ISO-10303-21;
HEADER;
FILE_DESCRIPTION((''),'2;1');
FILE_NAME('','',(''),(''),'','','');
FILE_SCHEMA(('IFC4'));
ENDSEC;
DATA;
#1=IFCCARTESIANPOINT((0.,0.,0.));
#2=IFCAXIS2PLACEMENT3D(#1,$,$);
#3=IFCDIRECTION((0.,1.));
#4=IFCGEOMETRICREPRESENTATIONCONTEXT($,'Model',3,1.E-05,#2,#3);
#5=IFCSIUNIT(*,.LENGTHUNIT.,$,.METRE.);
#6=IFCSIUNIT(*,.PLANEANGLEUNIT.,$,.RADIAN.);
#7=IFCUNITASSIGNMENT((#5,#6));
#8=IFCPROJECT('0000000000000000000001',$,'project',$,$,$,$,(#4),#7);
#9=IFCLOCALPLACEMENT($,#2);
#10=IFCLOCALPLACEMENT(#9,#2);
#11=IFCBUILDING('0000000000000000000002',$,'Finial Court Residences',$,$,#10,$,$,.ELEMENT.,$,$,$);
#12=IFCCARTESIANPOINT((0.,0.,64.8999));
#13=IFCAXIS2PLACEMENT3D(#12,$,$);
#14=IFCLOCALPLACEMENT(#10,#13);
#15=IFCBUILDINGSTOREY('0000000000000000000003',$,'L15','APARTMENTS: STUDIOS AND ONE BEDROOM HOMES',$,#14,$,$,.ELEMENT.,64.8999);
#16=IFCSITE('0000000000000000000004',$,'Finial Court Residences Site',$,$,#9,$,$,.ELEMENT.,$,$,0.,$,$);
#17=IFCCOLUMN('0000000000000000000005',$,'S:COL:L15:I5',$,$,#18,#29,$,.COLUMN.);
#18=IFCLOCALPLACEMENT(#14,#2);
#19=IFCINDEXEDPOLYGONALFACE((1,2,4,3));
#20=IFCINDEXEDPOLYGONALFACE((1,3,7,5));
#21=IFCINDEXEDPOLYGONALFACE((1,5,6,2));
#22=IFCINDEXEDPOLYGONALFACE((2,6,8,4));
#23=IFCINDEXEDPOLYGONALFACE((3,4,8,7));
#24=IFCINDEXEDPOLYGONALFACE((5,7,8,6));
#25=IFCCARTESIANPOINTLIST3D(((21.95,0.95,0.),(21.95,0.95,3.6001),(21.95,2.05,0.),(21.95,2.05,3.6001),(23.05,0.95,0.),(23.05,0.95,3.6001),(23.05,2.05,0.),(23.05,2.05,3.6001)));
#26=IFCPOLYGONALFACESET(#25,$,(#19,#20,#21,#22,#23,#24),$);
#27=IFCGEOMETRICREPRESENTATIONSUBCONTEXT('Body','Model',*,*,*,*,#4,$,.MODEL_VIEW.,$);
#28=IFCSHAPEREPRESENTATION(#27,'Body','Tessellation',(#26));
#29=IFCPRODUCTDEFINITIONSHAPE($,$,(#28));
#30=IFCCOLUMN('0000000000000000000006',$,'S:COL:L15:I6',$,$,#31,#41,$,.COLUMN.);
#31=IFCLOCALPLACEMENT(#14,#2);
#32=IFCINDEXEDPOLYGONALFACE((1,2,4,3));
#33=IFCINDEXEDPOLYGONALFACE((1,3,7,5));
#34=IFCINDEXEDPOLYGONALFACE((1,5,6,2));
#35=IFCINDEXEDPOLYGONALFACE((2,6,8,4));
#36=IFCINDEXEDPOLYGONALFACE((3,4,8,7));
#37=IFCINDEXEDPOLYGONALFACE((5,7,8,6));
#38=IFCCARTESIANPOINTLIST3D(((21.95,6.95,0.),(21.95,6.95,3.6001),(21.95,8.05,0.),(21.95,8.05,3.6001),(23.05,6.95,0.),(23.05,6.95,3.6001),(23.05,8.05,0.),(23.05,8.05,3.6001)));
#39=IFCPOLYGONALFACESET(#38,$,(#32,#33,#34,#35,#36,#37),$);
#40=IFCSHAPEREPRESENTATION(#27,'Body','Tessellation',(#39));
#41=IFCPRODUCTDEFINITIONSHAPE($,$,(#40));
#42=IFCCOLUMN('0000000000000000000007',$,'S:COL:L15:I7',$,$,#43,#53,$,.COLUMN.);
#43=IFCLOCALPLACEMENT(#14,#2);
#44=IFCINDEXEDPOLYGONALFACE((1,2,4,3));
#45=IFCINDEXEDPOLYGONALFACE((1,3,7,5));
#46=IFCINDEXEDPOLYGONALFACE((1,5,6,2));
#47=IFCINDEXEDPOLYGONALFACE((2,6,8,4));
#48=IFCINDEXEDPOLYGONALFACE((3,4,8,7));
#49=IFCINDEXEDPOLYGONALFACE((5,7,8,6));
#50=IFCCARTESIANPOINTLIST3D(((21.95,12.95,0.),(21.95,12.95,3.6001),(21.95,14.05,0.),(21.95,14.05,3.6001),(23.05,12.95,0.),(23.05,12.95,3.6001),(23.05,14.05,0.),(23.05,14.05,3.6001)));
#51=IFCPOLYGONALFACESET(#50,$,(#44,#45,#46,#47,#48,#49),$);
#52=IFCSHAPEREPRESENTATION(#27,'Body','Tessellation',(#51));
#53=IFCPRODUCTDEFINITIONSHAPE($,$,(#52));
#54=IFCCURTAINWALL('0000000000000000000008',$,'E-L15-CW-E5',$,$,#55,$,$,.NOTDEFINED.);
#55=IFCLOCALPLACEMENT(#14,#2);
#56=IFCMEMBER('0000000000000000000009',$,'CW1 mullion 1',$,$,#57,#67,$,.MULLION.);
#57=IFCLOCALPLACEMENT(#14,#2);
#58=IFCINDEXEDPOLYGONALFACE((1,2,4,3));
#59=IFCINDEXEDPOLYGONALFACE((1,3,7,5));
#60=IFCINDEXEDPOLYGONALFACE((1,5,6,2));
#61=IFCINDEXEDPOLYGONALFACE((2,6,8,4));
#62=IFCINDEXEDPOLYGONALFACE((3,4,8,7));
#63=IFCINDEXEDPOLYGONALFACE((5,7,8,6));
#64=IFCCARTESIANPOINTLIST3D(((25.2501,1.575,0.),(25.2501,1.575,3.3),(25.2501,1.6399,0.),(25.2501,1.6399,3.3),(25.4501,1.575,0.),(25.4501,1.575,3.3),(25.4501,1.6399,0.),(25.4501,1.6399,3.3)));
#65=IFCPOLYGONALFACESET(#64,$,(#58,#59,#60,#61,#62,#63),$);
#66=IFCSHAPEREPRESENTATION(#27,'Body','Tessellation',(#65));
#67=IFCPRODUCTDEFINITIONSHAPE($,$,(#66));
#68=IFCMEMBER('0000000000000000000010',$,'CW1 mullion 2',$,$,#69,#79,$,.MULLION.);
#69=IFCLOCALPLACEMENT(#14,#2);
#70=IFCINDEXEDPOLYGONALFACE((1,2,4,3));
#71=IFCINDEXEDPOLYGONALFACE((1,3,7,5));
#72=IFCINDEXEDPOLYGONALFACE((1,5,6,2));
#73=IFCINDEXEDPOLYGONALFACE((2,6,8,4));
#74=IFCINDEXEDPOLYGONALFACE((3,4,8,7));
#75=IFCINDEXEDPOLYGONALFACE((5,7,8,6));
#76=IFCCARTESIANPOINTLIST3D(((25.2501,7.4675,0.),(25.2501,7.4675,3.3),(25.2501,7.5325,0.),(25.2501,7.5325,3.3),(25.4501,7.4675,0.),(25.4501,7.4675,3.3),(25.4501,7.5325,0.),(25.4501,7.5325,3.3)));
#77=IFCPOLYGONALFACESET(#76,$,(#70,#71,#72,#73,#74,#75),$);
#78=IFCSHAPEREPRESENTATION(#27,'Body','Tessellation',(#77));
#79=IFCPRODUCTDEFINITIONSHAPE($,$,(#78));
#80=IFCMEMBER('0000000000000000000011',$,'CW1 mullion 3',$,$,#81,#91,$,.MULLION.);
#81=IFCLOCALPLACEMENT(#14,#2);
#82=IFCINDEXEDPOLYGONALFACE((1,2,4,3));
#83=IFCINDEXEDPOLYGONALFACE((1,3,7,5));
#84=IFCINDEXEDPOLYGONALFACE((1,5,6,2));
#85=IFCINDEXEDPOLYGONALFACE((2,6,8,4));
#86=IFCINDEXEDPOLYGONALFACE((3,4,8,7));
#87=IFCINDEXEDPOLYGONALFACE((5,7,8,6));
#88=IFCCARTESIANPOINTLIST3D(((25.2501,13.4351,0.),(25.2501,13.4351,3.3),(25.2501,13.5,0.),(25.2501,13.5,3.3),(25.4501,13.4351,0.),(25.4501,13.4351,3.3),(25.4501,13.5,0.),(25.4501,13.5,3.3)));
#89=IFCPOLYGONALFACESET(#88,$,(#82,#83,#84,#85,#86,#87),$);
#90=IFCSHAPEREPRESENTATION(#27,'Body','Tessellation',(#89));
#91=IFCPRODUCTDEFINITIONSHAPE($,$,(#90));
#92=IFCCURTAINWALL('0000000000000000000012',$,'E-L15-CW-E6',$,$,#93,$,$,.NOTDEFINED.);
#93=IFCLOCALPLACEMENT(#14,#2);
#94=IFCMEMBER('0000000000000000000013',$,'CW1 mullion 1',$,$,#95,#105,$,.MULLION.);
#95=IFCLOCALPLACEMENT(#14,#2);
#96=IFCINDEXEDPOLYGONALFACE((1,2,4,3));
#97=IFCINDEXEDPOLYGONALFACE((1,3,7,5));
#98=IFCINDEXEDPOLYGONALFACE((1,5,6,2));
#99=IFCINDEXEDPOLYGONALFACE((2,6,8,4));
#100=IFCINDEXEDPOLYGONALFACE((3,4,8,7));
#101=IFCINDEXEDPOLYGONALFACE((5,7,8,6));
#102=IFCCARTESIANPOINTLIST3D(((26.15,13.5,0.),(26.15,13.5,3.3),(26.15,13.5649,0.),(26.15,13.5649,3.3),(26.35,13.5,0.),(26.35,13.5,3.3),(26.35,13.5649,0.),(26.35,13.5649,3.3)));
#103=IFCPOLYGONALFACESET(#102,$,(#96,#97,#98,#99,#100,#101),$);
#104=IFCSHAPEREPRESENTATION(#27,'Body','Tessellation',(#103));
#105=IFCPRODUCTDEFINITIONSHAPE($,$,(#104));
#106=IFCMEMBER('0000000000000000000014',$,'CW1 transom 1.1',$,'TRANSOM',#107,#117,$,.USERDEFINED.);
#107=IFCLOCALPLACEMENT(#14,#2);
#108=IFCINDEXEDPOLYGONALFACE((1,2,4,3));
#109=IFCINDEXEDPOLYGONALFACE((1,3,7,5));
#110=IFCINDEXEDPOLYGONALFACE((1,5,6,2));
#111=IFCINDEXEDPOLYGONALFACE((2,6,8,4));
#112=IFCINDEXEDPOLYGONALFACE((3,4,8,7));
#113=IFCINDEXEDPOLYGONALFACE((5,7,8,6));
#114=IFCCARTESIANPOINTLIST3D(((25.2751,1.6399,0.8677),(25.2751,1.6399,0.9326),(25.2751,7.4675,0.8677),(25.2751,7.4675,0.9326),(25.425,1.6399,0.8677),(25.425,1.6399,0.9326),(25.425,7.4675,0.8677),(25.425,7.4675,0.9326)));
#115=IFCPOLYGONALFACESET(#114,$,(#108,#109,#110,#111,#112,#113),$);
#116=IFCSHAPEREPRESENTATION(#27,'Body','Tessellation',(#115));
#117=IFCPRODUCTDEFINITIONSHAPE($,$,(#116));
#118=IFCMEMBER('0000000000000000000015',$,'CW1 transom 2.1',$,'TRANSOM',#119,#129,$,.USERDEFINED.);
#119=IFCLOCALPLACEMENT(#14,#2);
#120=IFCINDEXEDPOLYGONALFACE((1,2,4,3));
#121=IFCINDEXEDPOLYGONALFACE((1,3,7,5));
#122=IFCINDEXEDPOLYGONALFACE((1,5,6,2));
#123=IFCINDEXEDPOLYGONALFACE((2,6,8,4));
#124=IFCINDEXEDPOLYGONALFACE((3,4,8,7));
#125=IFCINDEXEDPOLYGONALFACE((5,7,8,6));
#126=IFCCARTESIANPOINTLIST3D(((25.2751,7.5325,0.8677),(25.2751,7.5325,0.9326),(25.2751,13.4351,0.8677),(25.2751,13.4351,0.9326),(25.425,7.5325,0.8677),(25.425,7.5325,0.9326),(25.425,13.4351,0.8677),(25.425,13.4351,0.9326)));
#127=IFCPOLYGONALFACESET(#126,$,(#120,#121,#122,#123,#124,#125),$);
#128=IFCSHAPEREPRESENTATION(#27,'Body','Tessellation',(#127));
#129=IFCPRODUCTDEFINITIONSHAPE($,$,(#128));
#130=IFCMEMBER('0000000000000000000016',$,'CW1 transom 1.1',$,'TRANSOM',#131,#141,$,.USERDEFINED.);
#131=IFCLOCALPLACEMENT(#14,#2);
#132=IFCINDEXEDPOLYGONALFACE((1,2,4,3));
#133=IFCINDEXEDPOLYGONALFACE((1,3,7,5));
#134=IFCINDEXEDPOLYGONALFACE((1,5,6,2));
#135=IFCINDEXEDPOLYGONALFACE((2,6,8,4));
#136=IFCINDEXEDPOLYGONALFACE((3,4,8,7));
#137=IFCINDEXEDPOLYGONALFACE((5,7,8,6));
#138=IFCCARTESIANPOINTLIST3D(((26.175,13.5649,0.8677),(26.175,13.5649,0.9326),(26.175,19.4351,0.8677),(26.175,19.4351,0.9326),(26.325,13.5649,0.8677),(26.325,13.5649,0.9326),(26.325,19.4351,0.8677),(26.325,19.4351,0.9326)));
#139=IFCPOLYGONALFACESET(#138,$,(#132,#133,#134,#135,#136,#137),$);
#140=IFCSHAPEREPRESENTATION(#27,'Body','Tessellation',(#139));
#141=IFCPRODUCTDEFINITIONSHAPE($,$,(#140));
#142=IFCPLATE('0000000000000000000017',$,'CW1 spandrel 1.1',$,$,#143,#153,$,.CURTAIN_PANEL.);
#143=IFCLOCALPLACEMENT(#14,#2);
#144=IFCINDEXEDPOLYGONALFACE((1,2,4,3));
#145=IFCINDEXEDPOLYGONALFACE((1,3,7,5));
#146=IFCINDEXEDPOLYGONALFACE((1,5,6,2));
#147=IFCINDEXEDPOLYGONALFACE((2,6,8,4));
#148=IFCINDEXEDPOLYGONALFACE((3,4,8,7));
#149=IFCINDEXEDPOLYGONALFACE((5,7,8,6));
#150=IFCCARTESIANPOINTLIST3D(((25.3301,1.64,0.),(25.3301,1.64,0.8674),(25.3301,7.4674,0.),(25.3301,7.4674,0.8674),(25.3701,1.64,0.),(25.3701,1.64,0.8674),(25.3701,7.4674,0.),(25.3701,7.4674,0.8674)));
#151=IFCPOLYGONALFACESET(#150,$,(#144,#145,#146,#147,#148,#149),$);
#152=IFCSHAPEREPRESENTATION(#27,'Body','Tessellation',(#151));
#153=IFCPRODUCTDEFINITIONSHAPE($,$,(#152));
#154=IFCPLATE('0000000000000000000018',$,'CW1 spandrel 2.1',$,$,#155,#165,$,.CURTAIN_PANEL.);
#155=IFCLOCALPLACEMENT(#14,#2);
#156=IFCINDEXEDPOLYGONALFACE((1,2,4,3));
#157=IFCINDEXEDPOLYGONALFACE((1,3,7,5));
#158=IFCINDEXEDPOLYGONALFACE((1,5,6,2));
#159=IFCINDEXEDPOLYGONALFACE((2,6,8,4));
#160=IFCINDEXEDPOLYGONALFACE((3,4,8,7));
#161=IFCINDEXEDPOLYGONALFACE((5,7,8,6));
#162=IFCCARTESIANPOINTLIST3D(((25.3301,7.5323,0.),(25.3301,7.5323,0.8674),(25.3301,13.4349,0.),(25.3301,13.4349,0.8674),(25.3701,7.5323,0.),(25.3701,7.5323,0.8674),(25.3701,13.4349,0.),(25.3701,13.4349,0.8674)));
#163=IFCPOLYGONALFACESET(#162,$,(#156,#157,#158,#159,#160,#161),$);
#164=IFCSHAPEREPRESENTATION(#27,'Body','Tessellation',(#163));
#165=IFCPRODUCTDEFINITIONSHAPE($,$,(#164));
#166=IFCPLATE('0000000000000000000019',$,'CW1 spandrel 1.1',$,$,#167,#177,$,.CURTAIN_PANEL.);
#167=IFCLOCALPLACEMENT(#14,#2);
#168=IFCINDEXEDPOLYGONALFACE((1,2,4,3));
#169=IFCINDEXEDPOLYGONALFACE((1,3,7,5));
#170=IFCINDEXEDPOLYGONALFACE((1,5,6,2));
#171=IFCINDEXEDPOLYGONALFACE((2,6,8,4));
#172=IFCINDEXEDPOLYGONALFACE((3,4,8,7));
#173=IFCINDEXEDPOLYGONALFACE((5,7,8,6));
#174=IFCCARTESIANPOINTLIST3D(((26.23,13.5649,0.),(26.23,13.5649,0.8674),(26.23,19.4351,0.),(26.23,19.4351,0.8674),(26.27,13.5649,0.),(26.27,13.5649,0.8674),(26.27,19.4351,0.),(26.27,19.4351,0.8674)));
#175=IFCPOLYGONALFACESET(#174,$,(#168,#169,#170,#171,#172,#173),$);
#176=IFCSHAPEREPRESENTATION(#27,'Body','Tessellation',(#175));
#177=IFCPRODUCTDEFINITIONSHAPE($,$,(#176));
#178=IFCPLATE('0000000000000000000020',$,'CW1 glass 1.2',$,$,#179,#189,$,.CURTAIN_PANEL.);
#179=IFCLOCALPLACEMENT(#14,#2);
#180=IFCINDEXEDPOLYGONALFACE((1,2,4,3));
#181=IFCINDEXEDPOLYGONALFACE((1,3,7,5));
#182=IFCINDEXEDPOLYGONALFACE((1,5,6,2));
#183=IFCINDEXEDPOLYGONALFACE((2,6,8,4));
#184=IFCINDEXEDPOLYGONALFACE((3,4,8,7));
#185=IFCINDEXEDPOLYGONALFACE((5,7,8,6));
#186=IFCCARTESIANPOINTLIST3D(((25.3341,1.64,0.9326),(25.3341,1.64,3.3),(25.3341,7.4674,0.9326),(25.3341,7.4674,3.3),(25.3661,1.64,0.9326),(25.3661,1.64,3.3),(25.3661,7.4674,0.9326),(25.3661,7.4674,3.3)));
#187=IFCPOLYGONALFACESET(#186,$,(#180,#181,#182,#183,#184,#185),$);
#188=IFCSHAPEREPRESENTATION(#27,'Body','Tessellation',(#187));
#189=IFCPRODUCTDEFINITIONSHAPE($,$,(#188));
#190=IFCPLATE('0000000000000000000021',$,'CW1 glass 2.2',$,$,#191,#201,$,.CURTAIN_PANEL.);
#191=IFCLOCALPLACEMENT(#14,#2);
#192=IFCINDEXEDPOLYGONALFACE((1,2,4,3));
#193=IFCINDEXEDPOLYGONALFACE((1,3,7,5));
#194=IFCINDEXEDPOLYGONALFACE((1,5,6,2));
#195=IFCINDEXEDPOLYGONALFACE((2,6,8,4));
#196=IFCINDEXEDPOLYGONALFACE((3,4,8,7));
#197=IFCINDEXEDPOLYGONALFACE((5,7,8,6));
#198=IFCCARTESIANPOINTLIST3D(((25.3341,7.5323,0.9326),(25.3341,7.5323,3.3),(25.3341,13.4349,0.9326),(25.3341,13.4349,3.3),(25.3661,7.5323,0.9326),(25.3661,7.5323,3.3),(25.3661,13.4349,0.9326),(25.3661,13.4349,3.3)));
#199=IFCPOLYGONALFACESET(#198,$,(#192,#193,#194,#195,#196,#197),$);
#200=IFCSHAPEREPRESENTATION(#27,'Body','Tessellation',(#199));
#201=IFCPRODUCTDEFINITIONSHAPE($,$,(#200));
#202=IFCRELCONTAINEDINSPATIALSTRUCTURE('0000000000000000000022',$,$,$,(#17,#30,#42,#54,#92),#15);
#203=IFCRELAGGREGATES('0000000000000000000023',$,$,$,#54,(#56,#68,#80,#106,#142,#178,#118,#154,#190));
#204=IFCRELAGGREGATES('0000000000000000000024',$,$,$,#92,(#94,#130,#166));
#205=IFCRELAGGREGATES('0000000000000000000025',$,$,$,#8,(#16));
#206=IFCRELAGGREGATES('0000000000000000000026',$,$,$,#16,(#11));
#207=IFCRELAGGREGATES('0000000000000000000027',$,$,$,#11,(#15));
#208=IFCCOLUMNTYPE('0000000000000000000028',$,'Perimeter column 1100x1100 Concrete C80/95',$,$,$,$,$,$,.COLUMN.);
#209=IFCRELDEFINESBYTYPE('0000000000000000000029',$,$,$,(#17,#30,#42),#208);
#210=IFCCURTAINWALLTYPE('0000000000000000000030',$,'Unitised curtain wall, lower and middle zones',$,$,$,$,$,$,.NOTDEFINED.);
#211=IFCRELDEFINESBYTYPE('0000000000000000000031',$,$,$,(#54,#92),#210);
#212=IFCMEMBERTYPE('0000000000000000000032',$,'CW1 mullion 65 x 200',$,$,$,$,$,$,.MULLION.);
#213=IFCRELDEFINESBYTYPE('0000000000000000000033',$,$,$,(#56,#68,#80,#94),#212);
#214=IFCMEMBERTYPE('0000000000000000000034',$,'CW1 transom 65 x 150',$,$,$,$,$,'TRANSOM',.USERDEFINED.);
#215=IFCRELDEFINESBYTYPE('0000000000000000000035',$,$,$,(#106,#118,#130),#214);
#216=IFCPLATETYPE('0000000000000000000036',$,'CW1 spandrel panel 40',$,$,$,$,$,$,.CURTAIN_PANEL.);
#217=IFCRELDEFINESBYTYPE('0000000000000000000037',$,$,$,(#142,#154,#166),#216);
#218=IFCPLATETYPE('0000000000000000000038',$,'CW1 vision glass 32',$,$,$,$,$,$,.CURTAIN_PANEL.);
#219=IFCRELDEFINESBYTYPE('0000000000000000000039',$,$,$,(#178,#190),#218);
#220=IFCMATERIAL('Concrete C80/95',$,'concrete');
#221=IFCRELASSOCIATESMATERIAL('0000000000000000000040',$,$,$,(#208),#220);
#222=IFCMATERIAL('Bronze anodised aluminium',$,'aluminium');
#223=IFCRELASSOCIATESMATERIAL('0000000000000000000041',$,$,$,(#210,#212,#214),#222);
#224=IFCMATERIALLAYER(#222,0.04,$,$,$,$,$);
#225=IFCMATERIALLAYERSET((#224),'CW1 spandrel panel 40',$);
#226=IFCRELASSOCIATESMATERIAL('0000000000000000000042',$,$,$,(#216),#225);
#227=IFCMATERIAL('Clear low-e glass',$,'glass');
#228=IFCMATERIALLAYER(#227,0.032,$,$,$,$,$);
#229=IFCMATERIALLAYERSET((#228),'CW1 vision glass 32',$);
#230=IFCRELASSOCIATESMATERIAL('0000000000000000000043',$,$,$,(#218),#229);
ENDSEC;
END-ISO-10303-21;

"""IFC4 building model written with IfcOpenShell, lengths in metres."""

from ifc_helpers import new_model, si_unit, direction, frame, origin, origin_2d, place, context, subcontext, project, spatial, rectangle, extrude, material, layer, layer_set, material_profile, profile_set, type_object, element, aggregate, save


model = new_model("IFC4")

# Units and contexts
model_context = context("Model", 3, precision=1e-05, world=origin(), true_north=direction((0.0, 1.0)))
body_context = subcontext(model_context, "Body", "Model", "MODEL_VIEW")
ifc_project = project(units=[si_unit("LENGTHUNIT", "METRE"), si_unit("PLANEANGLEUNIT", "RADIAN")], contexts=[model_context])

# Site, building, storey
site_placement = place(None, origin())
site = spatial("IfcSite", under=ifc_project, at=site_placement, Name="Finial Court Residences Site", CompositionType="ELEMENT", RefElevation=0.0)
building_placement = place(site_placement, origin())
building = spatial("IfcBuilding", under=site, at=building_placement, Name="Finial Court Residences", CompositionType="ELEMENT")
storey_placement = place(building_placement, frame((0.0, 0.0, 64.8999)))
storey = spatial("IfcBuildingStorey", under=building, at=storey_placement, Name="L15", Description="APARTMENTS: STUDIOS AND ONE BEDROOM HOMES", CompositionType="ELEMENT", Elevation=64.8999)

# Columns
ifc_material_1 = material(Name="Concrete C80/95", Category="concrete")
ifc_material_profile_1 = material_profile(ifc_material_1, rectangle(XDim=1.1001, YDim=1.1001, at=origin_2d()), Name="1100x1100")
ifc_profile_set_1 = profile_set([ifc_material_profile_1], Name="Concrete C80/95")
column_type = type_object("IfcColumnType", Name="Perimeter column 1100x1100 Concrete C80/95", PredefinedType="COLUMN", material=ifc_profile_set_1)
for number, where, z_axis, x_axis, name in (
    (1, (22.5, 1.5, 0.0), (0.0, 0.0, 1.0), (1.0, 0.0, 0.0), "S:COL:L15:I5"),
    (2, (22.5, 7.5, 0.0), (0.0, 0.0, 1.0), (1.0, 0.0, 0.0), "S:COL:L15:I6"),
    (3, (22.5, 13.5, 0.0), (0.0, 0.0, 1.0), (1.0, 0.0, 0.0), "S:COL:L15:I7"),
):
    element("IfcColumn", number, at=place(storey_placement, frame(where, z_axis=z_axis, x_axis=x_axis)), inside=storey, type_object=column_type, Name=name, PredefinedType="COLUMN", context=body_context, shape_type="SweptSolid", body=[
        extrude(rectangle(XDim=1.1001, YDim=1.1001, at=origin_2d()), origin(), (0.0, 0.0, 1.0), 3.6001),
    ])

# Curtain wall, members
ifc_material_2 = material(Name="Bronze anodised aluminium", Category="aluminium")
curtain_wall_type = type_object("IfcCurtainWallType", Name="Unitised curtain wall, lower and middle zones", PredefinedType="NOTDEFINED", material=ifc_material_2)
curtain_wall_1_placement = place(storey_placement, origin())
curtain_wall_1 = element("IfcCurtainWall", 4, at=curtain_wall_1_placement, inside=storey, type_object=curtain_wall_type, Name="E-L15-CW-E5", PredefinedType="NOTDEFINED")
ifc_material_profile_2 = material_profile(ifc_material_2, rectangle(XDim=0.2, YDim=0.0649, at=origin_2d()), Name="CW1 mullion 65 x 200")
ifc_profile_set_2 = profile_set([ifc_material_profile_2], Name="Bronze anodised aluminium")
member_type_1 = type_object("IfcMemberType", Name="CW1 mullion 65 x 200", PredefinedType="MULLION", material=ifc_profile_set_2)
member_1_placement = place(storey_placement, frame((25.3501, 1.6074, 0.0), z_axis=(0.0, 0.0, 1.0), x_axis=(-1.0, 0.0, 0.0)))
member_1 = element("IfcMember", 5, at=member_1_placement, type_object=member_type_1, Name="CW1 mullion 1", PredefinedType="MULLION", context=body_context, shape_type="SweptSolid", body=[
    extrude(rectangle(XDim=0.2, YDim=0.0649, at=origin_2d()), origin(), (0.0, 0.0, 1.0), 3.3),
])
member_2_placement = place(storey_placement, frame((25.3501, 7.5, 0.0), z_axis=(0.0, 0.0, 1.0), x_axis=(-1.0, 0.0, 0.0)))
member_2 = element("IfcMember", 6, at=member_2_placement, type_object=member_type_1, Name="CW1 mullion 2", PredefinedType="MULLION", context=body_context, shape_type="SweptSolid", body=[
    extrude(rectangle(XDim=0.2, YDim=0.0649, at=origin_2d()), origin(), (0.0, 0.0, 1.0), 3.3),
])
member_3_placement = place(storey_placement, frame((25.3501, 13.4675, 0.0), z_axis=(0.0, 0.0, 1.0), x_axis=(-1.0, 0.0, 0.0)))
member_3 = element("IfcMember", 7, at=member_3_placement, type_object=member_type_1, Name="CW1 mullion 3", PredefinedType="MULLION", context=body_context, shape_type="SweptSolid", body=[
    extrude(rectangle(XDim=0.2, YDim=0.0649, at=origin_2d()), origin(), (0.0, 0.0, 1.0), 3.3),
])

# Curtain wall, member
curtain_wall_2_placement = place(storey_placement, origin())
curtain_wall_2 = element("IfcCurtainWall", 8, at=curtain_wall_2_placement, inside=storey, type_object=curtain_wall_type, Name="E-L15-CW-E6", PredefinedType="NOTDEFINED")
member_4_placement = place(storey_placement, frame((26.25, 13.5325, 0.0), z_axis=(0.0, 0.0, 1.0), x_axis=(-1.0, 0.0, 0.0)))
member_4 = element("IfcMember", 9, at=member_4_placement, type_object=member_type_1, Name="CW1 mullion 1", PredefinedType="MULLION", context=body_context, shape_type="SweptSolid", body=[
    extrude(rectangle(XDim=0.2, YDim=0.0649, at=origin_2d()), origin(), (0.0, 0.0, 1.0), 3.3),
])

# Members
ifc_material_profile_3 = material_profile(ifc_material_2, rectangle(XDim=0.1499, YDim=0.0649, at=origin_2d()), Name="CW1 transom 65 x 150")
ifc_profile_set_3 = profile_set([ifc_material_profile_3], Name="Bronze anodised aluminium")
member_type_2 = type_object("IfcMemberType", Name="CW1 transom 65 x 150", ElementType="TRANSOM", PredefinedType="USERDEFINED", material=ifc_profile_set_3)
member_5_placement = place(storey_placement, frame((25.3501, 1.6399, 0.9001), z_axis=(0.0, 1.0, 0.0), x_axis=(-1.0, 0.0, 0.0)))
member_5 = element("IfcMember", 10, at=member_5_placement, type_object=member_type_2, Name="CW1 transom 1.1", ObjectType="TRANSOM", PredefinedType="USERDEFINED", context=body_context, shape_type="SweptSolid", body=[
    extrude(rectangle(XDim=0.1499, YDim=0.0649, at=origin_2d()), origin(), (0.0, 0.0, 1.0), 5.8276),
])
member_6_placement = place(storey_placement, frame((25.3501, 7.5325, 0.9001), z_axis=(0.0, 1.0, 0.0), x_axis=(-1.0, 0.0, 0.0)))
member_6 = element("IfcMember", 11, at=member_6_placement, type_object=member_type_2, Name="CW1 transom 2.1", ObjectType="TRANSOM", PredefinedType="USERDEFINED", context=body_context, shape_type="SweptSolid", body=[
    extrude(rectangle(XDim=0.1499, YDim=0.0649, at=origin_2d()), origin(), (0.0, 0.0, 1.0), 5.9026),
])
member_7_placement = place(storey_placement, frame((26.25, 13.5649, 0.9001), z_axis=(0.0, 1.0, 0.0), x_axis=(-1.0, 0.0, 0.0)))
member_7 = element("IfcMember", 12, at=member_7_placement, type_object=member_type_2, Name="CW1 transom 1.1", ObjectType="TRANSOM", PredefinedType="USERDEFINED", context=body_context, shape_type="SweptSolid", body=[
    extrude(rectangle(XDim=0.1499, YDim=0.0649, at=origin_2d()), origin(), (0.0, 0.0, 1.0), 5.8701),
])

# Plates
ifc_layer_1 = layer(ifc_material_2, 0.04)
ifc_layer_set_1 = layer_set([ifc_layer_1], Name="CW1 spandrel panel 40")
plate_type_1 = type_object("IfcPlateType", Name="CW1 spandrel panel 40", PredefinedType="CURTAIN_PANEL", material=ifc_layer_set_1)
plate_1_placement = place(storey_placement, frame((25.3501, 4.5537, 0.0), z_axis=(0.0, 0.0, 1.0), x_axis=(0.0, 1.0, 0.0)))
plate_1 = element("IfcPlate", 13, at=plate_1_placement, type_object=plate_type_1, Name="CW1 spandrel 1.1", PredefinedType="CURTAIN_PANEL", context=body_context, shape_type="SweptSolid", body=[
    extrude(rectangle(XDim=5.8274, YDim=0.04, at=origin_2d()), origin(), (0.0, 0.0, 1.0), 0.8674),
])
plate_2_placement = place(storey_placement, frame((25.3501, 10.4836, 0.0), z_axis=(0.0, 0.0, 1.0), x_axis=(0.0, 1.0, 0.0)))
plate_2 = element("IfcPlate", 14, at=plate_2_placement, type_object=plate_type_1, Name="CW1 spandrel 2.1", PredefinedType="CURTAIN_PANEL", context=body_context, shape_type="SweptSolid", body=[
    extrude(rectangle(XDim=5.9026, YDim=0.04, at=origin_2d()), origin(), (0.0, 0.0, 1.0), 0.8674),
])
plate_3_placement = place(storey_placement, frame((26.25, 16.5, 0.0), z_axis=(0.0, 0.0, 1.0), x_axis=(0.0, 1.0, 0.0)))
plate_3 = element("IfcPlate", 15, at=plate_3_placement, type_object=plate_type_1, Name="CW1 spandrel 1.1", PredefinedType="CURTAIN_PANEL", context=body_context, shape_type="SweptSolid", body=[
    extrude(rectangle(XDim=5.8701, YDim=0.04, at=origin_2d()), origin(), (0.0, 0.0, 1.0), 0.8674),
])
ifc_material_3 = material(Name="Clear low-e glass", Category="glass")
ifc_layer_2 = layer(ifc_material_3, 0.032)
ifc_layer_set_2 = layer_set([ifc_layer_2], Name="CW1 vision glass 32")
plate_type_2 = type_object("IfcPlateType", Name="CW1 vision glass 32", PredefinedType="CURTAIN_PANEL", material=ifc_layer_set_2)
plate_4_placement = place(storey_placement, frame((25.3501, 4.5537, 0.9326), z_axis=(0.0, 0.0, 1.0), x_axis=(0.0, 1.0, 0.0)))
plate_4 = element("IfcPlate", 16, at=plate_4_placement, type_object=plate_type_2, Name="CW1 glass 1.2", PredefinedType="CURTAIN_PANEL", context=body_context, shape_type="SweptSolid", body=[
    extrude(rectangle(XDim=5.8274, YDim=0.032, at=origin_2d()), origin(), (0.0, 0.0, 1.0), 2.3674),
])
plate_5_placement = place(storey_placement, frame((25.3501, 10.4836, 0.9326), z_axis=(0.0, 0.0, 1.0), x_axis=(0.0, 1.0, 0.0)))
plate_5 = element("IfcPlate", 17, at=plate_5_placement, type_object=plate_type_2, Name="CW1 glass 2.2", PredefinedType="CURTAIN_PANEL", context=body_context, shape_type="SweptSolid", body=[
    extrude(rectangle(XDim=5.9026, YDim=0.032, at=origin_2d()), origin(), (0.0, 0.0, 1.0), 2.3674),
])
aggregate(curtain_wall_1, [member_1, member_2, member_3, member_5, plate_1, plate_4, member_6, plate_2, plate_5])
aggregate(curtain_wall_2, [member_4, member_7, plate_3])

save(model, "model.ifc")
